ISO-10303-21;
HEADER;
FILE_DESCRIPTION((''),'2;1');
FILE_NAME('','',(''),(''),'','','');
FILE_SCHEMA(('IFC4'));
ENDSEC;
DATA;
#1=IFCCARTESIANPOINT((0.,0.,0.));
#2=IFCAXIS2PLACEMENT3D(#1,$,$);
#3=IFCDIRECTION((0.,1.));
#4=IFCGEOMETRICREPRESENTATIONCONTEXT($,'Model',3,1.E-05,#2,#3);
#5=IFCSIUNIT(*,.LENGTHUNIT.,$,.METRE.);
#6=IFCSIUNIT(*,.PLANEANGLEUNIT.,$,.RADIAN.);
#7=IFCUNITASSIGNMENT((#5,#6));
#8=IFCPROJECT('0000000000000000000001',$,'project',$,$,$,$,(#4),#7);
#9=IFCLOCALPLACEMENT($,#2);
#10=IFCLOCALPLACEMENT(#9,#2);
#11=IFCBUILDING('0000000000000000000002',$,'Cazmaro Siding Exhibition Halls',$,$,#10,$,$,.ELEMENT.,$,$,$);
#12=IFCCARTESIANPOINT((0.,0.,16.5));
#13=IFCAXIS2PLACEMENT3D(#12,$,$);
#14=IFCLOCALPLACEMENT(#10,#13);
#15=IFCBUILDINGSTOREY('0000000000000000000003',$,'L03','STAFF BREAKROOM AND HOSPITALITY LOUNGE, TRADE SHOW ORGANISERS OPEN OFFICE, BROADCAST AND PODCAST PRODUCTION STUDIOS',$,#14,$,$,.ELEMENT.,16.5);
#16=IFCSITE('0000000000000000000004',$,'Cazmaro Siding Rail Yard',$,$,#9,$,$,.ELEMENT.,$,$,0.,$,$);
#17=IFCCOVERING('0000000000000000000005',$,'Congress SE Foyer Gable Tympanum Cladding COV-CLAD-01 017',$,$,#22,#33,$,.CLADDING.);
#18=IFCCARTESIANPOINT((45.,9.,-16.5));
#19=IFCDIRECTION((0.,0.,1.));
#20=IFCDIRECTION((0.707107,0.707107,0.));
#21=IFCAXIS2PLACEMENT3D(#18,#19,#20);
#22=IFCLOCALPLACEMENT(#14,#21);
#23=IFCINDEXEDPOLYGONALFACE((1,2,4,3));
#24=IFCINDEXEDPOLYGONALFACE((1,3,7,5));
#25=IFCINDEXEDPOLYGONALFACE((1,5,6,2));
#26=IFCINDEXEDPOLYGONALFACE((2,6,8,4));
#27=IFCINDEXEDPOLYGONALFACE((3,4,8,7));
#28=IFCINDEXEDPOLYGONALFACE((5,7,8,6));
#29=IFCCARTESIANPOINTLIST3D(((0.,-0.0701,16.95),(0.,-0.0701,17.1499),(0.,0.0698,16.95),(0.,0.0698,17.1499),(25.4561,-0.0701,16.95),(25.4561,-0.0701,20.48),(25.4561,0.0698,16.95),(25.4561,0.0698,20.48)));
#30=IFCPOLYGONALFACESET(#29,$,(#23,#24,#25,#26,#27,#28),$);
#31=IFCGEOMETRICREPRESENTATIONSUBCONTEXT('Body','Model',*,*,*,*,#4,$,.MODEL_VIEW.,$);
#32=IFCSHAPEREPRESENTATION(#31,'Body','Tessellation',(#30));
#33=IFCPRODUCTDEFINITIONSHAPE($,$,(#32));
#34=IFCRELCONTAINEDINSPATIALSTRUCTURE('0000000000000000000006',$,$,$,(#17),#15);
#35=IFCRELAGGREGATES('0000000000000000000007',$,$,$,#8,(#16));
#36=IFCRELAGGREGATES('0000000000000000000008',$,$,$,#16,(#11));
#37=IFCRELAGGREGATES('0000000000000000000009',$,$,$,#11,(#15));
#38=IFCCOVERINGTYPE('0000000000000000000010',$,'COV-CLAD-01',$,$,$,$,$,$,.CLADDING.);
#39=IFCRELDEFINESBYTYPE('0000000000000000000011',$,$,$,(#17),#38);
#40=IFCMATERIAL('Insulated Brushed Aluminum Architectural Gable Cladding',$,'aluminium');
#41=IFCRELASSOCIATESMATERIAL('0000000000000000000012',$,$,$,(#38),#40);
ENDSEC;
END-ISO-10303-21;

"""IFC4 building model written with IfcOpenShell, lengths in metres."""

from ifc_helpers import new_model, si_unit, direction, frame, origin, place, context, subcontext, project, spatial, polyline, outline, extrude, material, type_object, element, save


model = new_model("IFC4")

# Units and contexts
model_context = context("Model", 3, precision=1e-05, world=origin(), true_north=direction((0.0, 1.0)))
body_context = subcontext(model_context, "Body", "Model", "MODEL_VIEW")
ifc_project = project(units=[si_unit("LENGTHUNIT", "METRE"), si_unit("PLANEANGLEUNIT", "RADIAN")], contexts=[model_context])

# Site, building, storey
site_placement = place(None, origin())
site = spatial("IfcSite", under=ifc_project, at=site_placement, Name="Cazmaro Siding Rail Yard", CompositionType="ELEMENT", RefElevation=0.0)
building_placement = place(site_placement, origin())
building = spatial("IfcBuilding", under=site, at=building_placement, Name="Cazmaro Siding Exhibition Halls", CompositionType="ELEMENT")
storey_placement = place(building_placement, frame((0.0, 0.0, 16.5)))
storey = spatial("IfcBuildingStorey", under=building, at=storey_placement, Name="L03", Description="STAFF BREAKROOM AND HOSPITALITY LOUNGE, TRADE SHOW ORGANISERS OPEN OFFICE, BROADCAST AND PODCAST PRODUCTION STUDIOS", CompositionType="ELEMENT", Elevation=16.5)

# Covering
ifc_material_1 = material(Name="Insulated Brushed Aluminum Architectural Gable Cladding", Category="aluminium")
covering_type = type_object("IfcCoveringType", Name="COV-CLAD-01", PredefinedType="CLADDING", material=ifc_material_1)
covering_placement = place(storey_placement, frame((45.0, 9.0, -16.5), z_axis=(0.0, 0.0, 1.0), x_axis=(0.707107, 0.707107, 0.0)))
element("IfcCovering", 1, at=covering_placement, inside=storey, type_object=covering_type, Name="Congress SE Foyer Gable Tympanum Cladding COV-CLAD-01 017", PredefinedType="CLADDING", context=body_context, shape_type="SweptSolid", body=[
    extrude(outline(polyline([(0.0, 16.95), (25.4561, 16.95), (25.4561, 20.48), (0.0, 17.1499), (0.0, 16.95)])), frame((0.0, 0.0698, 0.0), z_axis=(0.0, -1.0, 0.0), x_axis=(1.0, 0.0, 0.0)), (0.0, 0.0, 1.0), 0.1399),
])

save(model, "model.ifc")
